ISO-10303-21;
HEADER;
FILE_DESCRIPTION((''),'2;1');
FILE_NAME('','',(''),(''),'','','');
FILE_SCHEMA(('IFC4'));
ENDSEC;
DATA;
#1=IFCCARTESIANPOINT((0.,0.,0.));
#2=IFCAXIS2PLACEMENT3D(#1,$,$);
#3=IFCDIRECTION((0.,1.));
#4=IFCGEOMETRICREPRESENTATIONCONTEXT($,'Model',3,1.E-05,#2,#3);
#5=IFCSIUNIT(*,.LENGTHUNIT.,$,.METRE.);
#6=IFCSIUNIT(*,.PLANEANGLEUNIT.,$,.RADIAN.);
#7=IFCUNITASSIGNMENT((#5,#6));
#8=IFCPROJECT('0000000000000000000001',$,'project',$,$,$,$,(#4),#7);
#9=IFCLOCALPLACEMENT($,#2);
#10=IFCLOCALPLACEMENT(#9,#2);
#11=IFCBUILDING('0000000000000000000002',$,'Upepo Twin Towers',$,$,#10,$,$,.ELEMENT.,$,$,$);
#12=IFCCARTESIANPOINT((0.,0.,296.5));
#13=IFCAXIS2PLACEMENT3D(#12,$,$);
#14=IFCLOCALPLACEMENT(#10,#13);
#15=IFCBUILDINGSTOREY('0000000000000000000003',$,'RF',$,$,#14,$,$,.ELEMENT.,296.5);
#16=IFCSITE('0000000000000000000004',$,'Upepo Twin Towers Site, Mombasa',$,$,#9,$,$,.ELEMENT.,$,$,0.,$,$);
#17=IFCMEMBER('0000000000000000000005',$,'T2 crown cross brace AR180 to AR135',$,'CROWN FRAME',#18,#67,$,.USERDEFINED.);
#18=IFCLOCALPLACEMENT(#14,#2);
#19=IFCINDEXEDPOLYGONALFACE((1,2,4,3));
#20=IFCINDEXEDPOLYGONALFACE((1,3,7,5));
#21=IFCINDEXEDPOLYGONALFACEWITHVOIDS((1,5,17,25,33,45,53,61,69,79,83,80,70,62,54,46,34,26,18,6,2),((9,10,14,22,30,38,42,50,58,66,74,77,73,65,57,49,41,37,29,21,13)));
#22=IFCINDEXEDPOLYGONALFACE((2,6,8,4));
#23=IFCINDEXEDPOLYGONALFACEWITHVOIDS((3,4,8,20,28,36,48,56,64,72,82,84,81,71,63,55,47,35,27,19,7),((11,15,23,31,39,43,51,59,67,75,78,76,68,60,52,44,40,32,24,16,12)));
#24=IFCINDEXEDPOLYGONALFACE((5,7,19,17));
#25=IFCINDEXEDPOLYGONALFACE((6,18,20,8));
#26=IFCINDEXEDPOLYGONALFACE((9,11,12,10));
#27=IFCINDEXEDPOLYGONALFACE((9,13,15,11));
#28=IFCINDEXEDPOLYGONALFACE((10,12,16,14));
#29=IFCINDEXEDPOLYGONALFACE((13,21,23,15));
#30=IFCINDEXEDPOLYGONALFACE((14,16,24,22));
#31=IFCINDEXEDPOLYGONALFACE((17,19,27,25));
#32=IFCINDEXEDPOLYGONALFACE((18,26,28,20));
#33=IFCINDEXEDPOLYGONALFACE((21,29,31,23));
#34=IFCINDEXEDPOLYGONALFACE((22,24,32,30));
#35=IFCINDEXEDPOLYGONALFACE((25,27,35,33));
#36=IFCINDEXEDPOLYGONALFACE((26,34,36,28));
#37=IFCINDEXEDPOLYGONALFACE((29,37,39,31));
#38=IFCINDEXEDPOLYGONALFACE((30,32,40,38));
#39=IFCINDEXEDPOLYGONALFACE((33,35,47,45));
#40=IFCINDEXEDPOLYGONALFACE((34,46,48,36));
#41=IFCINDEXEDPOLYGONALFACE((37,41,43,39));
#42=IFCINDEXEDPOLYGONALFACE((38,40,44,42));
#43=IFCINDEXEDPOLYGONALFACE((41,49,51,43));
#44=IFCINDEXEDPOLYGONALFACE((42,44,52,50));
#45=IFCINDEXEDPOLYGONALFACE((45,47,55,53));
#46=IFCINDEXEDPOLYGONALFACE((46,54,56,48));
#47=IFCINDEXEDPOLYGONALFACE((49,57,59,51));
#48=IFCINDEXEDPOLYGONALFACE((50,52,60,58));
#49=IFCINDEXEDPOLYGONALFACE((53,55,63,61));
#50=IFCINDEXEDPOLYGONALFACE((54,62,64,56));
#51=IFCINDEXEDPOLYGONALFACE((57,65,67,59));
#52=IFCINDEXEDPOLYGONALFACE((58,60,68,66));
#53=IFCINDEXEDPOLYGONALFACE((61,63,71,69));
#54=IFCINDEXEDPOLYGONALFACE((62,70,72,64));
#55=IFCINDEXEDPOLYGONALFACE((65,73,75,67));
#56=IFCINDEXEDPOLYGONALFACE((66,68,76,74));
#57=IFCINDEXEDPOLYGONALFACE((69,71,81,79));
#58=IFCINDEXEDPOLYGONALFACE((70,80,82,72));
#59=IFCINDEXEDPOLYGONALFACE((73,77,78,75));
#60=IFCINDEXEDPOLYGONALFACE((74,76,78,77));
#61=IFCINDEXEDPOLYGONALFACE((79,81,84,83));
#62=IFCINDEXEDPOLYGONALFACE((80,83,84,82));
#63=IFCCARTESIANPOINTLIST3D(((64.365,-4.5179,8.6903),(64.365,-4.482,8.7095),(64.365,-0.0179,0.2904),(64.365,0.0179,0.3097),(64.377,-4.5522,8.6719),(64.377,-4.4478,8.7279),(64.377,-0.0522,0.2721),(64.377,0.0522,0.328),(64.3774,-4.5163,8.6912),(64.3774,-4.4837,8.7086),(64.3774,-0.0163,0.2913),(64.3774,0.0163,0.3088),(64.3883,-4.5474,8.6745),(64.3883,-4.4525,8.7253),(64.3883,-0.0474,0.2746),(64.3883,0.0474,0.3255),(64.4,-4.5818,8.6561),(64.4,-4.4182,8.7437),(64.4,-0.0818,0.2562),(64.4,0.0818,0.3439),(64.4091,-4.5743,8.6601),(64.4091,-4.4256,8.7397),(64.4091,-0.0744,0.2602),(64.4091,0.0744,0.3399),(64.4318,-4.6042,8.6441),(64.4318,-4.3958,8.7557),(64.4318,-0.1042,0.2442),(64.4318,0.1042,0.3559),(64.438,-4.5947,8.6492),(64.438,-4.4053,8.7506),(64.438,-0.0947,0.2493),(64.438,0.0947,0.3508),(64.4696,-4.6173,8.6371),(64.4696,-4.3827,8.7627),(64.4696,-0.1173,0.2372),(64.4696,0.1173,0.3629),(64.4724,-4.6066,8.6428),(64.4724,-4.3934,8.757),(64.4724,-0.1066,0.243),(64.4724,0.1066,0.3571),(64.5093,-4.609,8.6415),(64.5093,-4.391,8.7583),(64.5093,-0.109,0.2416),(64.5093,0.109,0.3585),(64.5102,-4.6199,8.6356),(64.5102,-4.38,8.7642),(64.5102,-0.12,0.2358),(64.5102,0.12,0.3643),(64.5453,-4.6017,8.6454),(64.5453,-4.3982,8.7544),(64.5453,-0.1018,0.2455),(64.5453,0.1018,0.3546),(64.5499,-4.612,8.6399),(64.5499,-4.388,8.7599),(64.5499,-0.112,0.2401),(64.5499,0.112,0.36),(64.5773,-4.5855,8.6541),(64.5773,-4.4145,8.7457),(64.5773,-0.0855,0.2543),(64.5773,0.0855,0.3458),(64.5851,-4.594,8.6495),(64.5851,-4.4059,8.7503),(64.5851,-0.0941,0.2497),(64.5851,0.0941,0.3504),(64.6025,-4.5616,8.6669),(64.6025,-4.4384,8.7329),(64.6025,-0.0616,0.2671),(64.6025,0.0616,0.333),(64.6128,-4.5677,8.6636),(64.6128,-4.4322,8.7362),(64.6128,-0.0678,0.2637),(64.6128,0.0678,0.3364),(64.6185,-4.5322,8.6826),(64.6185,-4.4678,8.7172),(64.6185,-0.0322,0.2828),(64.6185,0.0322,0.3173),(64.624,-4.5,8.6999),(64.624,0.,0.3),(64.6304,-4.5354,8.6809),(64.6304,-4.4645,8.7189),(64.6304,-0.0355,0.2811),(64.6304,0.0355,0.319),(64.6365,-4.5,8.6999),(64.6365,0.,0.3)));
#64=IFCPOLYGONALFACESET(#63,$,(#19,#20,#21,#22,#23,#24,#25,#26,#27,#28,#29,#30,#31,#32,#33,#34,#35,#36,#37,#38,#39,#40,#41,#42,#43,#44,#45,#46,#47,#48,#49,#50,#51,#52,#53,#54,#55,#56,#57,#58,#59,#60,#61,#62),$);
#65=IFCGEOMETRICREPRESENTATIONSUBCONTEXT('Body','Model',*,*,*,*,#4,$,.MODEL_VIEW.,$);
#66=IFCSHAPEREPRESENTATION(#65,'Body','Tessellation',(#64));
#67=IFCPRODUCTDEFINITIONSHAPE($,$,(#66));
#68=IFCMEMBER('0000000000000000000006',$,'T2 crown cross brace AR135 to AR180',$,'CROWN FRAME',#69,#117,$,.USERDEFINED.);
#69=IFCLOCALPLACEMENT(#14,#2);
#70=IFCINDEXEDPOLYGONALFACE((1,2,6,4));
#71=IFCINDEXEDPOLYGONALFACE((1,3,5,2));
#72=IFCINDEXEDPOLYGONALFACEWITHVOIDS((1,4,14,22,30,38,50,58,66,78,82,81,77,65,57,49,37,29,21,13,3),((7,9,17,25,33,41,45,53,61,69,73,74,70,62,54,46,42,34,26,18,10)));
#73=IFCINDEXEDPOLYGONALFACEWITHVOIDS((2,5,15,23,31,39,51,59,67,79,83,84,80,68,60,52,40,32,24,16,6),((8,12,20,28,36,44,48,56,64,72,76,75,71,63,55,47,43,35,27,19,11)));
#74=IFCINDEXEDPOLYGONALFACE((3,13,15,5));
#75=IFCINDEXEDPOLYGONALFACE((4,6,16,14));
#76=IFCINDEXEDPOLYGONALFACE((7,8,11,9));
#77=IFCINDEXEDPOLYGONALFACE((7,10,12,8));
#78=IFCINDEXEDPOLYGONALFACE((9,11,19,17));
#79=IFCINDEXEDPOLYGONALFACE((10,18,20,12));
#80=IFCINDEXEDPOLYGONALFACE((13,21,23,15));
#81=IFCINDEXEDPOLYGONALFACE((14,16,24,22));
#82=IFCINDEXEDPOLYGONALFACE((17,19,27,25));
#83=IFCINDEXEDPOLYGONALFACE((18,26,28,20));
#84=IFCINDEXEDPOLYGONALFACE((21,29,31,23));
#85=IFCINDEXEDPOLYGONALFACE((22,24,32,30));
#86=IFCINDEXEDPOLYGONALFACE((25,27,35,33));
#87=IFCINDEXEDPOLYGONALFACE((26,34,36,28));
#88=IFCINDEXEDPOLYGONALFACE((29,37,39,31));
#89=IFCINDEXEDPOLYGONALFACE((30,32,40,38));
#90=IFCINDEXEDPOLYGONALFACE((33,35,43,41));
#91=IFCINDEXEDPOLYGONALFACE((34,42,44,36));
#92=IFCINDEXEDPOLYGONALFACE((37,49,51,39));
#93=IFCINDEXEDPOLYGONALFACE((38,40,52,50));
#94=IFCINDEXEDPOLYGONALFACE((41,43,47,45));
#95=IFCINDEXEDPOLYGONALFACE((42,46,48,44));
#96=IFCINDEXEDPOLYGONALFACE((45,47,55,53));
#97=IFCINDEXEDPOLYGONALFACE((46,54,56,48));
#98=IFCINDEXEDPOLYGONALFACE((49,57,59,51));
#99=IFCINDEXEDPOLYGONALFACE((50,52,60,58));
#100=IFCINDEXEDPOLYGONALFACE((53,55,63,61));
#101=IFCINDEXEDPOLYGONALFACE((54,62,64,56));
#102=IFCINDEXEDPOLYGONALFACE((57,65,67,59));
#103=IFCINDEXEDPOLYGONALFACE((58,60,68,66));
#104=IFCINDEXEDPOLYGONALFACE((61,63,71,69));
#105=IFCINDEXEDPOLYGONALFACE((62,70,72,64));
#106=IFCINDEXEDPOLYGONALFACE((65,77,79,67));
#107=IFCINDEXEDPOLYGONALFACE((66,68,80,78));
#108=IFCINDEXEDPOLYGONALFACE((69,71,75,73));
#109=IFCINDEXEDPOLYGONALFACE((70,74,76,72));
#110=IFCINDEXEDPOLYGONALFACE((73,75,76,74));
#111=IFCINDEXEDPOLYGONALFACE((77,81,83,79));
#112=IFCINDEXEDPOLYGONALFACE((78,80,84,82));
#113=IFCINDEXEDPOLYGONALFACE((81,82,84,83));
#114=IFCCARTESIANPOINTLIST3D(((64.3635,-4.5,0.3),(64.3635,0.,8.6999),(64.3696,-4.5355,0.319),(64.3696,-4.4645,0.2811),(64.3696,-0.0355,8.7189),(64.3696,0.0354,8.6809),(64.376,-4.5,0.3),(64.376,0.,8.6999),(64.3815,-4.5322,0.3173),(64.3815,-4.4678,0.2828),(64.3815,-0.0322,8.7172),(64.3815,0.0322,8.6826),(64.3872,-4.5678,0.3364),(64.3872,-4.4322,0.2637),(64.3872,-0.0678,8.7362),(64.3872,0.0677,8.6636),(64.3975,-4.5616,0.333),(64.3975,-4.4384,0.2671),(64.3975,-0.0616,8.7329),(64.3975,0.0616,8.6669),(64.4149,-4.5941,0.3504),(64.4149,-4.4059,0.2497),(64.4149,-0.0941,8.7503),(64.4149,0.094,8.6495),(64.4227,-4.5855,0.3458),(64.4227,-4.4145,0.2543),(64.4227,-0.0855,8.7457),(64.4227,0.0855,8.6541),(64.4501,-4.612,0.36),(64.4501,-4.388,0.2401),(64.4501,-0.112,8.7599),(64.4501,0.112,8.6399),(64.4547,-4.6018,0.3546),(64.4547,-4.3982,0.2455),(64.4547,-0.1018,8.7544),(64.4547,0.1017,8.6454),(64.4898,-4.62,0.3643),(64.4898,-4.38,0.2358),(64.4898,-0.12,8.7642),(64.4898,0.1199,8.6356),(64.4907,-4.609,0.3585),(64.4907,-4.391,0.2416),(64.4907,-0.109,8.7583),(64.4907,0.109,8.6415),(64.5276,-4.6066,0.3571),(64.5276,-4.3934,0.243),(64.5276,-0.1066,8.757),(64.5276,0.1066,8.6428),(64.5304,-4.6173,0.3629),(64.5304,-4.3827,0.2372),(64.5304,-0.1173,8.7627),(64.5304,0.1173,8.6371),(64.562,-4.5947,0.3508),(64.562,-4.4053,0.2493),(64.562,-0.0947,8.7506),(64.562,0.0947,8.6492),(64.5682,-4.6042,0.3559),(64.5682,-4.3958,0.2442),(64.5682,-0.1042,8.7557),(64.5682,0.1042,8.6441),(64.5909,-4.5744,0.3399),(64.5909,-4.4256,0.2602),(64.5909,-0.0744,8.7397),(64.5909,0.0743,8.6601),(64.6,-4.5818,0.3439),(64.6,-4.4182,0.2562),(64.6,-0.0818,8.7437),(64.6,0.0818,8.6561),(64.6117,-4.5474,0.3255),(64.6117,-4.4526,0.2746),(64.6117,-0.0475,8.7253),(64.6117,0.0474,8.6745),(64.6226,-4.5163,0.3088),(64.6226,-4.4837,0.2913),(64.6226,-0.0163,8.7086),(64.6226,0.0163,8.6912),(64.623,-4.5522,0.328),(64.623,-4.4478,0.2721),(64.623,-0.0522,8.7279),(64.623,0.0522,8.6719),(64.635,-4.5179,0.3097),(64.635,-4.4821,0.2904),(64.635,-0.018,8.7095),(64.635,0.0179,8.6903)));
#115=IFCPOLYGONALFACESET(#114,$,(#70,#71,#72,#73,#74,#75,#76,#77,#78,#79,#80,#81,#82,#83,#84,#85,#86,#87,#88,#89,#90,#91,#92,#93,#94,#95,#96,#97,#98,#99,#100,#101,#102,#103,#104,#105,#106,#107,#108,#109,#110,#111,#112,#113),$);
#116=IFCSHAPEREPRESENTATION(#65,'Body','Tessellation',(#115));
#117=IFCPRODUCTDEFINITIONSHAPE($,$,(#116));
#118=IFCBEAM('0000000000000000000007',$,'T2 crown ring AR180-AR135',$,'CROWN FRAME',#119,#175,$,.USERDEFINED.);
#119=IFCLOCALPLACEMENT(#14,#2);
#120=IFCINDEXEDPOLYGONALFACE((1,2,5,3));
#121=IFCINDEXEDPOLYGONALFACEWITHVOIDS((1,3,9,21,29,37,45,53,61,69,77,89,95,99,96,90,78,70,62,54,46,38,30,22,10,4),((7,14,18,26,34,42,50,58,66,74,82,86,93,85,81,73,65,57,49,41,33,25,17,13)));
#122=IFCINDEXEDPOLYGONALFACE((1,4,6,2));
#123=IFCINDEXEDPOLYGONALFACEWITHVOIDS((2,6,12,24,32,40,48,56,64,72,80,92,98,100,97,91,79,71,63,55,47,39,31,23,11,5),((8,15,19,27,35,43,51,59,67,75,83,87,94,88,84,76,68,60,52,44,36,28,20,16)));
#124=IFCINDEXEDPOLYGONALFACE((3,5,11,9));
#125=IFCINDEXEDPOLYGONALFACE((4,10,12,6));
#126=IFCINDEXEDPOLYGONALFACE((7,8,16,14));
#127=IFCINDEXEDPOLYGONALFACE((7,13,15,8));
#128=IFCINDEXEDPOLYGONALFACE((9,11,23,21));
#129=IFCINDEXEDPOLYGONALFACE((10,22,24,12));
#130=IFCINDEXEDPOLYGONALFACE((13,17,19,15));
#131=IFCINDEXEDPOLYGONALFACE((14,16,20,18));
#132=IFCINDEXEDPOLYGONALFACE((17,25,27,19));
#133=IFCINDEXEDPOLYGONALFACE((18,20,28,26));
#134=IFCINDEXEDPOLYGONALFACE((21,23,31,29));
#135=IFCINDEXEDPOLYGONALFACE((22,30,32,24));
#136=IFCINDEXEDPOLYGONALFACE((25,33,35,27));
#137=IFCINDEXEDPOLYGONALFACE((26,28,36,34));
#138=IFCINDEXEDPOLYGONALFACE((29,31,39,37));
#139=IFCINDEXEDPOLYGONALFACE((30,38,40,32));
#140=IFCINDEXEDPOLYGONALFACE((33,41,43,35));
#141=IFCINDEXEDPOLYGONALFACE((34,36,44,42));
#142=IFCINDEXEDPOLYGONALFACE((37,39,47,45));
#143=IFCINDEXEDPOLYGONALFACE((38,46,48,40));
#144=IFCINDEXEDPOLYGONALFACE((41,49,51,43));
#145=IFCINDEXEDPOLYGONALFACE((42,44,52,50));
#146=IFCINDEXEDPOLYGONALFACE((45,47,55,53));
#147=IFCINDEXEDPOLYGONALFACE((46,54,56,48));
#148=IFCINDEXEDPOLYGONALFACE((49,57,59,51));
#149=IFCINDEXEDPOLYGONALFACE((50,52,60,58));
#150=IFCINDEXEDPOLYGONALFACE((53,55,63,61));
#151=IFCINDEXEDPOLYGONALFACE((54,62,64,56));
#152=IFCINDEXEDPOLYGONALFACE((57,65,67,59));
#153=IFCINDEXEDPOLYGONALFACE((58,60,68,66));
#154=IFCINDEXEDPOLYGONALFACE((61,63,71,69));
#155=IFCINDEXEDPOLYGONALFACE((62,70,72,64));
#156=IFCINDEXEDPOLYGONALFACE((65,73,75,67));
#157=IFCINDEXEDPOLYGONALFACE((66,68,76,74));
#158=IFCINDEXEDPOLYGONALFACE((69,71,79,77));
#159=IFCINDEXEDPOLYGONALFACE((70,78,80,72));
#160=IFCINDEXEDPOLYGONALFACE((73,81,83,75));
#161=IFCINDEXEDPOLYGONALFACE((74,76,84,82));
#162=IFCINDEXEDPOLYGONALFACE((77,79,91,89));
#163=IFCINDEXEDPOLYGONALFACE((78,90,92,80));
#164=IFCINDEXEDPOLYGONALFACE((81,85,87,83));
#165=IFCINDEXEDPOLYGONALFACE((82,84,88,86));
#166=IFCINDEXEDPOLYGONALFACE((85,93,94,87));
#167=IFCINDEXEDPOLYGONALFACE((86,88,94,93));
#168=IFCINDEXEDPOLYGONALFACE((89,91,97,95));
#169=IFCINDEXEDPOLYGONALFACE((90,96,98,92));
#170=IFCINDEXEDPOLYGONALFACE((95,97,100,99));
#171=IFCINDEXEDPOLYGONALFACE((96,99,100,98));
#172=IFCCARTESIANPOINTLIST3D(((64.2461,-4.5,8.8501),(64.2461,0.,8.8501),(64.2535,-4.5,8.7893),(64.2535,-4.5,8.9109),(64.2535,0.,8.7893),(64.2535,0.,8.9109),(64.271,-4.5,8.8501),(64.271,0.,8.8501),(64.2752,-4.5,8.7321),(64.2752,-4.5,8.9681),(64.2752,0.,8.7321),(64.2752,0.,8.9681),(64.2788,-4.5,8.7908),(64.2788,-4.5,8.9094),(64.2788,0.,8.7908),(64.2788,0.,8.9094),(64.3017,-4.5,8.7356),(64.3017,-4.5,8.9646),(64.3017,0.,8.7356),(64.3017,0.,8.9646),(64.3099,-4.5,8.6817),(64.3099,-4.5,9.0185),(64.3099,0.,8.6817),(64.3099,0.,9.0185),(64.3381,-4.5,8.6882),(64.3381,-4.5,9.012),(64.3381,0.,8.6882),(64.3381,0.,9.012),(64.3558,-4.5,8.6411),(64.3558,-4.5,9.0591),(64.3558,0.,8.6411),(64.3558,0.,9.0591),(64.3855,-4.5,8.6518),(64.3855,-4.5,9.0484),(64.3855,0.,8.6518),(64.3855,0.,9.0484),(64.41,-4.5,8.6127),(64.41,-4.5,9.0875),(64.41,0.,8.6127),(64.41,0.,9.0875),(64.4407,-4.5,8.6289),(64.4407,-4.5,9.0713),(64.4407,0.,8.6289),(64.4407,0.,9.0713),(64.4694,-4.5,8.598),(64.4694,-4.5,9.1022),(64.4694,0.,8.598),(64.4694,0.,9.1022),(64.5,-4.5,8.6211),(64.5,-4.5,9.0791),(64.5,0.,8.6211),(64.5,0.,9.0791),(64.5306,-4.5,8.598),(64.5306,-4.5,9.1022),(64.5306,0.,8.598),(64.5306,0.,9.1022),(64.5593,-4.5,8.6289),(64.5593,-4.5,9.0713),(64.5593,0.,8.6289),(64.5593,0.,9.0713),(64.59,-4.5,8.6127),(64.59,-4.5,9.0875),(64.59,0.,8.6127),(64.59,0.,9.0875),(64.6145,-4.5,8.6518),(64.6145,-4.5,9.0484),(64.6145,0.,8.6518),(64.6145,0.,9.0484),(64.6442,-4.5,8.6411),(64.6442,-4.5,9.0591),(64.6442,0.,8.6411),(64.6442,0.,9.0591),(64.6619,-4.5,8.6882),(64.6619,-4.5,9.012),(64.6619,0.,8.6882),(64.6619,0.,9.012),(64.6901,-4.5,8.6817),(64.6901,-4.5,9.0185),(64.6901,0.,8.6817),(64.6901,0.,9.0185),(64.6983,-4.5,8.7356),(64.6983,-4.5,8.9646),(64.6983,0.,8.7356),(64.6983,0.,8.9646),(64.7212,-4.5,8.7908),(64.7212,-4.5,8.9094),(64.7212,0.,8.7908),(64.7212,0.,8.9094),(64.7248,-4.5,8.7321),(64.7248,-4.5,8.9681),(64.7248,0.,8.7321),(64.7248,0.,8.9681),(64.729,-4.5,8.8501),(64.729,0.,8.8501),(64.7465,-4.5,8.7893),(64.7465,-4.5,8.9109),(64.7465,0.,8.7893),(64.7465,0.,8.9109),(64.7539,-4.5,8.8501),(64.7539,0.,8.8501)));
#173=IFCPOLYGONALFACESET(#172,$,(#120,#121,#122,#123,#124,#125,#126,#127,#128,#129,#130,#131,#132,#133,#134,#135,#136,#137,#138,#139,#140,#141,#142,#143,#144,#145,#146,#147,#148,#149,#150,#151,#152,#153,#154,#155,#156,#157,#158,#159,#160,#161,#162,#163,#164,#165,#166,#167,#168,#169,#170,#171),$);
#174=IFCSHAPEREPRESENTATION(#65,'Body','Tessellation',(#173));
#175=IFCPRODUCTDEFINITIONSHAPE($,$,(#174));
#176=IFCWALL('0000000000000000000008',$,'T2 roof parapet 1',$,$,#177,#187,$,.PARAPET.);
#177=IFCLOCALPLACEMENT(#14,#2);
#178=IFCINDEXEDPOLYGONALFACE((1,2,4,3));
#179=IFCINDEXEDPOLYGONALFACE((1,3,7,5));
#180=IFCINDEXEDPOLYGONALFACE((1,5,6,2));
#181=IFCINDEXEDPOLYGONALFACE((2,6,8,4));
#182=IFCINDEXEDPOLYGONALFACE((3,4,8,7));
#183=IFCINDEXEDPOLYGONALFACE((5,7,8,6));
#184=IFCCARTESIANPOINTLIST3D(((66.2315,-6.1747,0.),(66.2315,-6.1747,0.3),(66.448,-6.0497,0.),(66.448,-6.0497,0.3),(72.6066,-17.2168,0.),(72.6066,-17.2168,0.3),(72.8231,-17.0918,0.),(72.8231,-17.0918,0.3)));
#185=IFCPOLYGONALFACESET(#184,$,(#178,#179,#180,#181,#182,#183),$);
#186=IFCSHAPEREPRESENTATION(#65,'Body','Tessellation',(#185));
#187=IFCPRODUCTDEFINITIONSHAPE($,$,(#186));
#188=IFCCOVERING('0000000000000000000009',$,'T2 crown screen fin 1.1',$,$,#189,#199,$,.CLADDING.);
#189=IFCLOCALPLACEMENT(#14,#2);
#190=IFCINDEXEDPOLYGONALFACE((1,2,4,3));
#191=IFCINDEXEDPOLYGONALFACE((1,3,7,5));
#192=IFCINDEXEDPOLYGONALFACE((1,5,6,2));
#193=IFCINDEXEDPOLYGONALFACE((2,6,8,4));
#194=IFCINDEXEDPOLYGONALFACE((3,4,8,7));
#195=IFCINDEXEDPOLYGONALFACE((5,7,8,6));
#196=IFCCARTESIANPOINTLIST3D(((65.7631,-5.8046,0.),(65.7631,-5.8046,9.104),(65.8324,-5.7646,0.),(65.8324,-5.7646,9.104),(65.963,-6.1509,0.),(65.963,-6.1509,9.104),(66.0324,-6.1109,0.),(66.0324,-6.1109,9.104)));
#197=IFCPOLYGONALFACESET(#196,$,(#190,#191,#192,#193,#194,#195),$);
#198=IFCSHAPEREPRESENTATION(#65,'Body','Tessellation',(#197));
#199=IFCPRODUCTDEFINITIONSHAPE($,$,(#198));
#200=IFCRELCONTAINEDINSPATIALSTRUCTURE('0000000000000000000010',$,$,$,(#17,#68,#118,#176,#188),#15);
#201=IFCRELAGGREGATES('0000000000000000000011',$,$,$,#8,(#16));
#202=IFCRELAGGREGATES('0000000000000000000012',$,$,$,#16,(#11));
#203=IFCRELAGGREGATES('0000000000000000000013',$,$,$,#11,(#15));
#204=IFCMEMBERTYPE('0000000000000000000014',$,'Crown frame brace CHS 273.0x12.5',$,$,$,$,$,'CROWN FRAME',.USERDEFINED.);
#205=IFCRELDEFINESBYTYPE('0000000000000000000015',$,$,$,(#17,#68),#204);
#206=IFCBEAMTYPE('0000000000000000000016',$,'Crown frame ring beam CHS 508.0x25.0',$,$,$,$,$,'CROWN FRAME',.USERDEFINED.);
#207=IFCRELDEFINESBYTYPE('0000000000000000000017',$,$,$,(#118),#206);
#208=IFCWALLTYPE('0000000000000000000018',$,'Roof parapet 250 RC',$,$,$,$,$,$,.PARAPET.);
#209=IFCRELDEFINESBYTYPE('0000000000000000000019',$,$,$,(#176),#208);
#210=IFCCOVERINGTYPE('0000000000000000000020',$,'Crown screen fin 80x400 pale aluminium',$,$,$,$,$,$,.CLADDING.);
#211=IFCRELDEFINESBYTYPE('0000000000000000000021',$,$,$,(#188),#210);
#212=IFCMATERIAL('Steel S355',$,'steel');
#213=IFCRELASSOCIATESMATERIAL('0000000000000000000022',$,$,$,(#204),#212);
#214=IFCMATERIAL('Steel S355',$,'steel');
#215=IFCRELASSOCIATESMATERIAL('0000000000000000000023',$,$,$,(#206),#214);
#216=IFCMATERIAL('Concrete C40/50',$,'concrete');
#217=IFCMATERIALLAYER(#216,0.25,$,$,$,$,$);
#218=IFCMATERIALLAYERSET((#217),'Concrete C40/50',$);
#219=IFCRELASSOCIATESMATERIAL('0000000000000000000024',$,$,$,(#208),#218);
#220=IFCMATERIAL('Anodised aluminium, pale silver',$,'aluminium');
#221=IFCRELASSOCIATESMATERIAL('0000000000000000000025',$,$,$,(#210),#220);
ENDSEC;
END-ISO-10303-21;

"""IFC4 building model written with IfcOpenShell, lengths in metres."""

from ifc_helpers import new_model, si_unit, direction, frame, frame_2d, origin, origin_2d, place, context, subcontext, project, spatial, rectangle, hollow_circle, extrude, material, layer, layer_set, material_profile, profile_set, type_object, element, save


model = new_model("IFC4")

# Units and contexts
model_context = context("Model", 3, precision=1e-05, world=origin(), true_north=direction((0.0, 1.0)))
body_context = subcontext(model_context, "Body", "Model", "MODEL_VIEW")
ifc_project = project(units=[si_unit("LENGTHUNIT", "METRE"), si_unit("PLANEANGLEUNIT", "RADIAN")], contexts=[model_context])

# Site, building, storey
site_placement = place(None, origin())
site = spatial("IfcSite", under=ifc_project, at=site_placement, Name="Upepo Twin Towers Site, Mombasa", CompositionType="ELEMENT", RefElevation=0.0)
building_placement = place(site_placement, origin())
building = spatial("IfcBuilding", under=site, at=building_placement, Name="Upepo Twin Towers", CompositionType="ELEMENT")
storey_placement = place(building_placement, frame((0.0, 0.0, 296.5)))
storey = spatial("IfcBuildingStorey", under=building, at=storey_placement, Name="RF", CompositionType="ELEMENT", Elevation=296.5)

# Members
ifc_material_1 = material(Name="Steel S355", Category="steel")
ifc_material_profile_1 = material_profile(ifc_material_1, hollow_circle(Radius=0.1365, WallThickness=0.0125, at=origin_2d()), Name="CHS 273.0x12.5")
ifc_profile_set_1 = profile_set([ifc_material_profile_1], Name="Steel S355")
member_type = type_object("IfcMemberType", Name="Crown frame brace CHS 273.0x12.5", ElementType="CROWN FRAME", PredefinedType="USERDEFINED", material=ifc_profile_set_1)
for number, where, z_axis, x_axis, name in (
    (1, (64.5, 0.0, 0.3), (0.0, -0.472226, 0.881478), (1.0, 0.0, 0.0), "T2 crown cross brace AR180 to AR135"),
    (2, (64.5, -4.5, 0.3), (0.0, 0.472226, 0.881478), (-1.0, 0.0, 0.0), "T2 crown cross brace AR135 to AR180"),
):
    element("IfcMember", number, at=place(storey_placement, frame(where, z_axis=z_axis, x_axis=x_axis)), inside=storey, type_object=member_type, Name=name, ObjectType="CROWN FRAME", PredefinedType="USERDEFINED", context=body_context, shape_type="SweptSolid", body=[
        extrude(hollow_circle(Radius=0.1365, WallThickness=0.0125, at=origin_2d()), origin(), (0.0, 0.0, 1.0), 9.5293),
    ])

# Beam
ifc_material_2 = material(Name="Steel S355", Category="steel")
ifc_material_profile_2 = material_profile(ifc_material_2, hollow_circle(Radius=0.2539, WallThickness=0.0249, at=origin_2d()), Name="CHS 508.0x25.0")
ifc_profile_set_2 = profile_set([ifc_material_profile_2], Name="Steel S355")
beam_type = type_object("IfcBeamType", Name="Crown frame ring beam CHS 508.0x25.0", ElementType="CROWN FRAME", PredefinedType="USERDEFINED", material=ifc_profile_set_2)
beam_placement = place(storey_placement, frame((64.5, 0.0, 8.8501), z_axis=(0.0, -1.0, 0.0), x_axis=(1.0, 0.0, 0.0)))
element("IfcBeam", 3, at=beam_placement, inside=storey, type_object=beam_type, Name="T2 crown ring AR180-AR135", ObjectType="CROWN FRAME", PredefinedType="USERDEFINED", context=body_context, shape_type="SweptSolid", body=[
    extrude(hollow_circle(Radius=0.2539, WallThickness=0.0249, at=origin_2d()), origin(), (0.0, 0.0, 1.0), 4.5),
])

# Wall
ifc_material_3 = material(Name="Concrete C40/50", Category="concrete")
ifc_layer_1 = layer(ifc_material_3, 0.25)
ifc_layer_set_1 = layer_set([ifc_layer_1], Name="Concrete C40/50")
wall_type = type_object("IfcWallType", Name="Roof parapet 250 RC", PredefinedType="PARAPET", material=ifc_layer_set_1)
wall_placement = place(storey_placement, frame((66.3398, -6.1123, 0.0), z_axis=(0.0, 0.0, 1.0), x_axis=(0.499994, -0.866029, 0.0)))
element("IfcWall", 4, at=wall_placement, inside=storey, type_object=wall_type, Name="T2 roof parapet 1", PredefinedType="PARAPET", context=body_context, shape_type="SweptSolid", body=[
    extrude(rectangle(XDim=12.7502, YDim=0.25, at=frame_2d((6.375, 0.0))), origin(), (0.0, 0.0, 1.0), 0.3),
])

# Covering
ifc_material_4 = material(Name="Anodised aluminium, pale silver", Category="aluminium")
covering_type_1 = type_object("IfcCoveringType", Name="Crown screen fin 80x400 pale aluminium", PredefinedType="CLADDING", material=ifc_material_4)
for number, where, z_axis, x_axis, name in (
    (5, (65.8977, -5.9578, 0.0), (0.0, 0.0, 1.0), (-0.866026, -0.5, 0.0), "T2 crown screen fin 1.1"),
):
    element("IfcCovering", number, at=place(storey_placement, frame(where, z_axis=z_axis, x_axis=x_axis)), inside=storey, type_object=covering_type_1, Name=name, PredefinedType="CLADDING", context=body_context, shape_type="SweptSolid", body=[
        extrude(rectangle(XDim=0.0801, YDim=0.3999, at=origin_2d()), origin(), (0.0, 0.0, 1.0), 9.104),
    ])

save(model, "model.ifc")
